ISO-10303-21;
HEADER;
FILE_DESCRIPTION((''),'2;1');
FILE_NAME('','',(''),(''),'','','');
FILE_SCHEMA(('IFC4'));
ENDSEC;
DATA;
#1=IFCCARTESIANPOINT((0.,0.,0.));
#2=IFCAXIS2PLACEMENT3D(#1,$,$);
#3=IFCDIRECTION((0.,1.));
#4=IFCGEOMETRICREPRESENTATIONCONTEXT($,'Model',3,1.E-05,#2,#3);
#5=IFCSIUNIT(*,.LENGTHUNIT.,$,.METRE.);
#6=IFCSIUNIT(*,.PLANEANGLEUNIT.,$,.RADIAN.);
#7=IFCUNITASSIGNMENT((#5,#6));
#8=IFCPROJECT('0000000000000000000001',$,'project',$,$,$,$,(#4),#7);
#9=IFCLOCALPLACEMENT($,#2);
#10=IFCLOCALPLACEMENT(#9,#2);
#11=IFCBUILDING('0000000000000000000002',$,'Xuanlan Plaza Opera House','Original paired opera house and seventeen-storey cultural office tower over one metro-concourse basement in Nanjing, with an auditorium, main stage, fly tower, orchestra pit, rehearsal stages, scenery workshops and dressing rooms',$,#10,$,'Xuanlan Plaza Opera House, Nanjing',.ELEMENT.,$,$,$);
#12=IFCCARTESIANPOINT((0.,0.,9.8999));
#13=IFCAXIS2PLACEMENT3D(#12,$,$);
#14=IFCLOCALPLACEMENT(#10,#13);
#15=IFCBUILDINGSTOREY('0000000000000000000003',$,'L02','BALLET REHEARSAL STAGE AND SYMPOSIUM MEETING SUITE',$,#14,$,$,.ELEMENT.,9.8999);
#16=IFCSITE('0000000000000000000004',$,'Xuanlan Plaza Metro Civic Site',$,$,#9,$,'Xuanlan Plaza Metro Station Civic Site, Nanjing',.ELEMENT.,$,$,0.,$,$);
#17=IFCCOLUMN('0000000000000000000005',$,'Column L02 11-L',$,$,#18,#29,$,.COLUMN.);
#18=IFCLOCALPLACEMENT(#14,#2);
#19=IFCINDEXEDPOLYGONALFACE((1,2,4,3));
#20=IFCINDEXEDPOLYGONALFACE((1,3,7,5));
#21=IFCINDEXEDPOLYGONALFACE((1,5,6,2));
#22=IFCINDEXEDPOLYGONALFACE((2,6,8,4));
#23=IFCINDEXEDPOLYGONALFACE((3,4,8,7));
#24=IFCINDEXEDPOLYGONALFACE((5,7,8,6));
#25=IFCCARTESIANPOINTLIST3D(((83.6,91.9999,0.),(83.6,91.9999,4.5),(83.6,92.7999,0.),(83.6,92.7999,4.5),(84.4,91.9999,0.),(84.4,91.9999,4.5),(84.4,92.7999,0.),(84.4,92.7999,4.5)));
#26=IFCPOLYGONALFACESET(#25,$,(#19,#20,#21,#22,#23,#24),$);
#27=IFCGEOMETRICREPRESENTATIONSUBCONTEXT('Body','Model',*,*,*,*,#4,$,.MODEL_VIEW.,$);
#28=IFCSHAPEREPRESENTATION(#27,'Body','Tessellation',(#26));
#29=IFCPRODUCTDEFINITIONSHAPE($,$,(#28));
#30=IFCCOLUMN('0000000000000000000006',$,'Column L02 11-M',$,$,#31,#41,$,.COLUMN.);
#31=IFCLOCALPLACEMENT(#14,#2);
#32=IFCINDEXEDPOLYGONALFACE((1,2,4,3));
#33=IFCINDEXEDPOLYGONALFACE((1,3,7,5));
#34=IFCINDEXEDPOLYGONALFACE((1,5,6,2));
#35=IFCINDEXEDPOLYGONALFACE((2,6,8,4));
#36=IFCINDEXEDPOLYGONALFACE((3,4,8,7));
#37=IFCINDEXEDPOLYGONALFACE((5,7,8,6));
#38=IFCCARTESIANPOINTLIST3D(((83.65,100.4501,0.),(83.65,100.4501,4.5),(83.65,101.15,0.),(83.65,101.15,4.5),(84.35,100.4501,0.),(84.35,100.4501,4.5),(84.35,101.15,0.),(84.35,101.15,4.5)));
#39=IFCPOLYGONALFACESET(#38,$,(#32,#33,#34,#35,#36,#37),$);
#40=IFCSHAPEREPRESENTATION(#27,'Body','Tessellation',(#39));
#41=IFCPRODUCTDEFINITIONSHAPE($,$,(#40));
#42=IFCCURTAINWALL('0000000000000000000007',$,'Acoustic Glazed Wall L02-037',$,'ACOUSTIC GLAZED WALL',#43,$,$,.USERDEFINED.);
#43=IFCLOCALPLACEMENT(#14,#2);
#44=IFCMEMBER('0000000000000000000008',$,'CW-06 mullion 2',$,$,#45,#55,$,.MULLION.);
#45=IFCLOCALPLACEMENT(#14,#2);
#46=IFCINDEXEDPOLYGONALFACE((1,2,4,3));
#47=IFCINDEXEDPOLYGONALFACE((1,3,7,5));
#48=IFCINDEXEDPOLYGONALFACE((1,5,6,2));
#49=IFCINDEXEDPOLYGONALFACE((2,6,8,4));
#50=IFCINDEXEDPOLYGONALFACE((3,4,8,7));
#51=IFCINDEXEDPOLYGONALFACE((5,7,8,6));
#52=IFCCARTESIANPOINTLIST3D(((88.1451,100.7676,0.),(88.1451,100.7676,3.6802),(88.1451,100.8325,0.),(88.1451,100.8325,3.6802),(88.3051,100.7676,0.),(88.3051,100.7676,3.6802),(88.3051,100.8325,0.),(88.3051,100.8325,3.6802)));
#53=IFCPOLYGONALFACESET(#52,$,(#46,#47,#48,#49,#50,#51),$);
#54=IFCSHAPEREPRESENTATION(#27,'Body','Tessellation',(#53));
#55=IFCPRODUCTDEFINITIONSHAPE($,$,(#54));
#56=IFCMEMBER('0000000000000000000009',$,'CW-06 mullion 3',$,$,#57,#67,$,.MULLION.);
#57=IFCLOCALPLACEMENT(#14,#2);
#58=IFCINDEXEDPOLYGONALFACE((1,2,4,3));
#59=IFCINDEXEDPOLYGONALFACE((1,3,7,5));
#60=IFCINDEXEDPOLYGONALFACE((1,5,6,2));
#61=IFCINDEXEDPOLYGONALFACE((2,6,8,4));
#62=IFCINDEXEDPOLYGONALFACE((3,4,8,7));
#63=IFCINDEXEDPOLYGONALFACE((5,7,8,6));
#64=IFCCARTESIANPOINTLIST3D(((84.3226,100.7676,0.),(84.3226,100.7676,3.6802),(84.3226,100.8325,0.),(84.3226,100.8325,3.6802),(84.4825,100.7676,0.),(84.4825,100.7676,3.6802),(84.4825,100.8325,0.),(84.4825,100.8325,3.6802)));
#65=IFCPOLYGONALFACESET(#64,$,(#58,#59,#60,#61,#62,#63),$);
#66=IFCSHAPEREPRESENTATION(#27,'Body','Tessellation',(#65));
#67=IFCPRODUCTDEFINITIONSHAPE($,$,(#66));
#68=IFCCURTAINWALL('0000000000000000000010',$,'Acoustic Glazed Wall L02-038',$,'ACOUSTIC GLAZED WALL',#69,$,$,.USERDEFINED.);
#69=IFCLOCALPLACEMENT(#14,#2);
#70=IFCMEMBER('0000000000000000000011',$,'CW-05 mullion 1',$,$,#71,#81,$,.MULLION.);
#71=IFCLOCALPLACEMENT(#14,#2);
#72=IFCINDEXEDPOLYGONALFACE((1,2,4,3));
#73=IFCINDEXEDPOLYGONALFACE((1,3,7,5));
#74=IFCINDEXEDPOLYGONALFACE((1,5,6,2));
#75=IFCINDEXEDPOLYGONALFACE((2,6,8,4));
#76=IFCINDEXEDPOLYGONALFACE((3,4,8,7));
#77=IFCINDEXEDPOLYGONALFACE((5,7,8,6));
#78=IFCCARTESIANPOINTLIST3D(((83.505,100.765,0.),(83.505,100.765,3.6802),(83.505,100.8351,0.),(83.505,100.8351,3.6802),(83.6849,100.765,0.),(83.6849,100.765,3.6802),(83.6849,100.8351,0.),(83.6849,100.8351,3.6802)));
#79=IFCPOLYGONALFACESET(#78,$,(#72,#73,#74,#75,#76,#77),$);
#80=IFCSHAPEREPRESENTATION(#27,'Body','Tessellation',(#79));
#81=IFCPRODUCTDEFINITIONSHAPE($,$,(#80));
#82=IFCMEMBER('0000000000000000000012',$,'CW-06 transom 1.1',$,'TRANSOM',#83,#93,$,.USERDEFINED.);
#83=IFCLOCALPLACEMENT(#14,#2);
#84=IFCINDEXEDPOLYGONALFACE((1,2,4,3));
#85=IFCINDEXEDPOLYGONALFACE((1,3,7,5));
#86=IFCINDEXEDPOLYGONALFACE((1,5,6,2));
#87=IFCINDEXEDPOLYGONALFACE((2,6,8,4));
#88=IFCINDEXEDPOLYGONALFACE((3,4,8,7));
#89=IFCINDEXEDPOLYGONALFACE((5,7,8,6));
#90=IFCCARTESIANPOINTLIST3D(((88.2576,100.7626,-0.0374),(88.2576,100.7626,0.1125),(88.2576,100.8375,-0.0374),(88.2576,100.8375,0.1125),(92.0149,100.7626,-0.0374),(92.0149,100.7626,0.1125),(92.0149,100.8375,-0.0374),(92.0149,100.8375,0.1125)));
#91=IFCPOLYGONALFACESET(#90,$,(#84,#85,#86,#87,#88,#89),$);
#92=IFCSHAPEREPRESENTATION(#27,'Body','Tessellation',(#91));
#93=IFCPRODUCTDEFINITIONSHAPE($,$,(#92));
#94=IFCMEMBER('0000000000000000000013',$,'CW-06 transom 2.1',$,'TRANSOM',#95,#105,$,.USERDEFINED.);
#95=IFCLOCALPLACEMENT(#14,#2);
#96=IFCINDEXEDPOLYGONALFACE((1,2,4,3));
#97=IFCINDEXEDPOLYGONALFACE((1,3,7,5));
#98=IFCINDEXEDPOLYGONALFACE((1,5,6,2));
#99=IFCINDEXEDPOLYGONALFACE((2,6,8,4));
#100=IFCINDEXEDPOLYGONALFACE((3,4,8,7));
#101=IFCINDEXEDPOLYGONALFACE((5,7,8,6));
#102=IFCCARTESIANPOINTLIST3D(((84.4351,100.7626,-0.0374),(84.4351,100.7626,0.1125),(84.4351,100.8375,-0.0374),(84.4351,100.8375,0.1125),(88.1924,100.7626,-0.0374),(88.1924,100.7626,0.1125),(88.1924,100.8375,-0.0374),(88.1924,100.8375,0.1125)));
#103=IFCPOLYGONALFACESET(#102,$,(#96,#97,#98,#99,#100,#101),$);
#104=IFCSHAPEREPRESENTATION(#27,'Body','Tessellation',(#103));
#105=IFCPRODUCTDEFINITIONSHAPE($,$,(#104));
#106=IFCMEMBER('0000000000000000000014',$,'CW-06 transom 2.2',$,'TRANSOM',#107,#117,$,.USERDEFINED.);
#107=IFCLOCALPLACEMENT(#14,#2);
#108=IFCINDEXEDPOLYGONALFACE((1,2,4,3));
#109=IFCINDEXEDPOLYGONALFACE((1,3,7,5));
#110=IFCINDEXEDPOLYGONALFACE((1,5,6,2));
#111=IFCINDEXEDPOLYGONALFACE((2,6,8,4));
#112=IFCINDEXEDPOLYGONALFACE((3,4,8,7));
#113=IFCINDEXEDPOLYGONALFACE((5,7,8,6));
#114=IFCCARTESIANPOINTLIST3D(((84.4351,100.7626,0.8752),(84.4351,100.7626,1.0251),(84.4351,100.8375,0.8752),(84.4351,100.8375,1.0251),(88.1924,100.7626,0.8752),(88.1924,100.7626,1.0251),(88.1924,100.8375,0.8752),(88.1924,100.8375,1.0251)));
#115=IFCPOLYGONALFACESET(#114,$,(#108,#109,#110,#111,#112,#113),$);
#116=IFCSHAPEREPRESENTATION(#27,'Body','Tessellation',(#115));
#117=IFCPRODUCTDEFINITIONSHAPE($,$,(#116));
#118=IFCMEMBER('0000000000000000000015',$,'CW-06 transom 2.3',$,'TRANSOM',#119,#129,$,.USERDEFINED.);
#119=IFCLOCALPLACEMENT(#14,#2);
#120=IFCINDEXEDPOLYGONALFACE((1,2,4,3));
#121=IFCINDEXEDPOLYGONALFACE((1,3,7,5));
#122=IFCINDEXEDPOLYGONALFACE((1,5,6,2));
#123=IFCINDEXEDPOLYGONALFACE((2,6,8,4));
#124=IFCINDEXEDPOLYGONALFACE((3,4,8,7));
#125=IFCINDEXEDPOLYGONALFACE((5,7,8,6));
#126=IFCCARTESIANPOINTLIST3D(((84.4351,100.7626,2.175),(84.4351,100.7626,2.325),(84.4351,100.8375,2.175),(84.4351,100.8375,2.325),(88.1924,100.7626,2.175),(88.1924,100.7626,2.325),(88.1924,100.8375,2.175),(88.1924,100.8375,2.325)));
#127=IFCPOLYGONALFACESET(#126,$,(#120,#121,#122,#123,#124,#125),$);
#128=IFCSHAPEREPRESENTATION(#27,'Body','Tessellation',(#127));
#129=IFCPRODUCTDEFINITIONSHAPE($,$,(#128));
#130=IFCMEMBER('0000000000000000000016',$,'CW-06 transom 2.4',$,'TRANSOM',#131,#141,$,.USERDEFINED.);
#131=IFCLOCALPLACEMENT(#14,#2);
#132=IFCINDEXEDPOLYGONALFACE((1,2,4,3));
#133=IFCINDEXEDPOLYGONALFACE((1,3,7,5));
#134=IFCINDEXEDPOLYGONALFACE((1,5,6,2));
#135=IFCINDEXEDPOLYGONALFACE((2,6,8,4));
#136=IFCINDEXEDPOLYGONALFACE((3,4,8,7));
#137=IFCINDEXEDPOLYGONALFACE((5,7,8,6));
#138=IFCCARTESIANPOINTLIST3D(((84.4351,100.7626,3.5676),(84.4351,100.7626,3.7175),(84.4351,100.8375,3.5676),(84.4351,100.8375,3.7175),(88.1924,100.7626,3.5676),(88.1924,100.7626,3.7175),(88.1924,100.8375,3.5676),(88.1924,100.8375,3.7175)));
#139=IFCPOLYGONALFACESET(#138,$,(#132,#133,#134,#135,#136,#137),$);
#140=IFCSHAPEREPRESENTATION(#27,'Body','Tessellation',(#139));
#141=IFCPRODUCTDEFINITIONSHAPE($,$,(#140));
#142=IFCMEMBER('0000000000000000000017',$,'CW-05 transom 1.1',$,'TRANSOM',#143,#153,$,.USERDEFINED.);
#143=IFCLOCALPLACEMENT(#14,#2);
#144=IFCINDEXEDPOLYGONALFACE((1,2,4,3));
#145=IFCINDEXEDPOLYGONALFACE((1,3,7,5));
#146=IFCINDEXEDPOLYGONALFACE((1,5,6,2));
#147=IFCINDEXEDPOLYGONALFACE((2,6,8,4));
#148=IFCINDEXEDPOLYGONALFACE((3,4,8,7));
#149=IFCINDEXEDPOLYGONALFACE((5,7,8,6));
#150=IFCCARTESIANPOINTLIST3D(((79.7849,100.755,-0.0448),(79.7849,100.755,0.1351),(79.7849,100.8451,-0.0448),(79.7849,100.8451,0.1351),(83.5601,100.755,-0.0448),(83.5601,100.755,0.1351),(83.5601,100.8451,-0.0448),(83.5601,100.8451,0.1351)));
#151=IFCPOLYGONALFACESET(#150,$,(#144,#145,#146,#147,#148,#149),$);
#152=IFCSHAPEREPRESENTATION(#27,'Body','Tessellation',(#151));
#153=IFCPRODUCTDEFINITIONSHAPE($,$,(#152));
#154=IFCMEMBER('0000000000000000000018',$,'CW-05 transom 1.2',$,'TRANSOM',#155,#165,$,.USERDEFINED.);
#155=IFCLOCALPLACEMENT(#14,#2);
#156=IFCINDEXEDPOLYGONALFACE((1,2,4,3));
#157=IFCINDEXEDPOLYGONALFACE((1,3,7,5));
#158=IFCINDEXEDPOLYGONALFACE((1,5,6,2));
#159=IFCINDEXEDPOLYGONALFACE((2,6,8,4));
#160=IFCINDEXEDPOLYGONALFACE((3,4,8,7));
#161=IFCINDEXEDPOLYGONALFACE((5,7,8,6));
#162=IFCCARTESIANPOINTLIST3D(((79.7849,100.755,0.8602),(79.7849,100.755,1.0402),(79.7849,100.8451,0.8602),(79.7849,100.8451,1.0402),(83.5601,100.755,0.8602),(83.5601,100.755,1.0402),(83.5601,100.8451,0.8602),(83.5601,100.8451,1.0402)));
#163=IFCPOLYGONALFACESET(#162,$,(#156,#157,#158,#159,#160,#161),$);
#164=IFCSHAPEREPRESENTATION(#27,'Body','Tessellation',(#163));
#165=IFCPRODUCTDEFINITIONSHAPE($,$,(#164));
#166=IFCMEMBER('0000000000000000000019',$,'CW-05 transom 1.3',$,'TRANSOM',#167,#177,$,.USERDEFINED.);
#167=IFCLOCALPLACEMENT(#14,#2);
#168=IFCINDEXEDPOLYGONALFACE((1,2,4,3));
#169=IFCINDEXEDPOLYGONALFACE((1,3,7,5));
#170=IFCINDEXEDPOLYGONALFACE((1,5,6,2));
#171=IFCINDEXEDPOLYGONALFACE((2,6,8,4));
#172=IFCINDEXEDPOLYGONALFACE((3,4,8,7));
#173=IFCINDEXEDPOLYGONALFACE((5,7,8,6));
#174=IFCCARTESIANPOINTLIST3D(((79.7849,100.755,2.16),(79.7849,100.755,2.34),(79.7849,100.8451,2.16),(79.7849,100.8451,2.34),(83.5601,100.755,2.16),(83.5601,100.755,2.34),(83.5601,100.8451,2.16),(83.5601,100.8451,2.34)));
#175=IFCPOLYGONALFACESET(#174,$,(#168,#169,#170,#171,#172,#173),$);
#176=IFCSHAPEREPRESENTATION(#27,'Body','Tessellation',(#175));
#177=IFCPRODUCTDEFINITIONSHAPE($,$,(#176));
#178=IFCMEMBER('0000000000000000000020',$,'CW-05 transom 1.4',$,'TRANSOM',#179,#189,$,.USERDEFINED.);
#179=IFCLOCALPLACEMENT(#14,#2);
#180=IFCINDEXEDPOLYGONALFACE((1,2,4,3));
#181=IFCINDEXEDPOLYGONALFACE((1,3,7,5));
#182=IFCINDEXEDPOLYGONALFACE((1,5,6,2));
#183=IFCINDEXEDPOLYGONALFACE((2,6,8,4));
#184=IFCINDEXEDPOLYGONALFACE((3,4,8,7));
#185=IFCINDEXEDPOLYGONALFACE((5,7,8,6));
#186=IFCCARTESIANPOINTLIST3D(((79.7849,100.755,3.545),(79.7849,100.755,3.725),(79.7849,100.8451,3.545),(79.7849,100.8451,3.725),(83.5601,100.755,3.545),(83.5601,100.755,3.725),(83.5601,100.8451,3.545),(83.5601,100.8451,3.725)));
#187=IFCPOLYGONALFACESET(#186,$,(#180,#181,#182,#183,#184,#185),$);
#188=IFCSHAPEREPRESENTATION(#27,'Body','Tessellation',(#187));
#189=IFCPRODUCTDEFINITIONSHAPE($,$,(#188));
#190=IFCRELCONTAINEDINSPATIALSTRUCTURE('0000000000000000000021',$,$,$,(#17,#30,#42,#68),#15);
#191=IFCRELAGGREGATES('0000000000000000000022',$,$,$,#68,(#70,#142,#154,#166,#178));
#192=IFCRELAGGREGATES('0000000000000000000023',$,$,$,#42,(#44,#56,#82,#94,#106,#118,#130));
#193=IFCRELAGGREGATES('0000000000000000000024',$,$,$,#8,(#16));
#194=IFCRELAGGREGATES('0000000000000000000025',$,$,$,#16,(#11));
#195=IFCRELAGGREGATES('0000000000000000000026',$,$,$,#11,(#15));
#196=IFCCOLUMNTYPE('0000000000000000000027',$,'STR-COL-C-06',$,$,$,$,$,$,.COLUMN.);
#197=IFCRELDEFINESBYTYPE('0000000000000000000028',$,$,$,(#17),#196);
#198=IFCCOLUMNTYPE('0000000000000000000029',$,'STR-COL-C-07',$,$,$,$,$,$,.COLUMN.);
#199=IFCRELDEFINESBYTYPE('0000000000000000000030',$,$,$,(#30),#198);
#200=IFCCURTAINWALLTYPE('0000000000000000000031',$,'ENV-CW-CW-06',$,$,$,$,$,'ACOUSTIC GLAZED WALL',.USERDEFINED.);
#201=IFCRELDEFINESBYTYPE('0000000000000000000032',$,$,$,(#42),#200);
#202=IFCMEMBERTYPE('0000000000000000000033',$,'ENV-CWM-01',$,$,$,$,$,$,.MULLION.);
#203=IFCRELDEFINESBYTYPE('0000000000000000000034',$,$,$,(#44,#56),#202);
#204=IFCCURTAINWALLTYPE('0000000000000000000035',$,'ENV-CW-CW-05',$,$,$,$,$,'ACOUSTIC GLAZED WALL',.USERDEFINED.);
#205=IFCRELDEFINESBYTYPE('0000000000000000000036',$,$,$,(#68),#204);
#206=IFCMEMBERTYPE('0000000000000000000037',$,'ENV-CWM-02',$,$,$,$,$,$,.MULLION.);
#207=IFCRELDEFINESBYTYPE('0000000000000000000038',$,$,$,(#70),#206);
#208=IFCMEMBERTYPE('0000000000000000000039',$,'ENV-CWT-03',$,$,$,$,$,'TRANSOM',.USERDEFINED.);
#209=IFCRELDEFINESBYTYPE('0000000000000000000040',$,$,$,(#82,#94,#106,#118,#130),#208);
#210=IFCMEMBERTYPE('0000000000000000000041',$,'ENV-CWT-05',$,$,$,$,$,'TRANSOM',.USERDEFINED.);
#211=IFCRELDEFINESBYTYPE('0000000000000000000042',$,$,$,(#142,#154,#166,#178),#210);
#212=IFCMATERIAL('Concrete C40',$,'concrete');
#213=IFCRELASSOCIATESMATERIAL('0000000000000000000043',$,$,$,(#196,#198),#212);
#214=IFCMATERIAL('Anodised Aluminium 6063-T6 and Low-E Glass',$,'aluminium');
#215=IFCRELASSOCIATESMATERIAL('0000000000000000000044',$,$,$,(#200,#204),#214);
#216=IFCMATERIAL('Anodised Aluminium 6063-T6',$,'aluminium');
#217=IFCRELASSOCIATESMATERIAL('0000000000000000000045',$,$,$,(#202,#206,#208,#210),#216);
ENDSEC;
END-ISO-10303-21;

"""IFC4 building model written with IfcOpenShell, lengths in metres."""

from ifc_helpers import new_model, si_unit, direction, frame, origin, origin_2d, place, context, subcontext, project, spatial, rectangle, extrude, material, material_profile, profile_set, type_object, element, aggregate, save


model = new_model("IFC4")

# Units and contexts
model_context = context("Model", 3, precision=1e-05, world=origin(), true_north=direction((0.0, 1.0)))
body_context = subcontext(model_context, "Body", "Model", "MODEL_VIEW")
ifc_project = project(units=[si_unit("LENGTHUNIT", "METRE"), si_unit("PLANEANGLEUNIT", "RADIAN")], contexts=[model_context])

# Site, building, storey
site_placement = place(None, origin())
site = spatial("IfcSite", under=ifc_project, at=site_placement, Name="Xuanlan Plaza Metro Civic Site", LongName="Xuanlan Plaza Metro Station Civic Site, Nanjing", CompositionType="ELEMENT", RefElevation=0.0)
building_placement = place(site_placement, origin())
building = spatial("IfcBuilding", under=site, at=building_placement, Name="Xuanlan Plaza Opera House", Description="Original paired opera house and seventeen-storey cultural office tower over one metro-concourse basement in Nanjing, with an auditorium, main stage, fly tower, orchestra pit, rehearsal stages, scenery workshops and dressing rooms", LongName="Xuanlan Plaza Opera House, Nanjing", CompositionType="ELEMENT")
storey_placement = place(building_placement, frame((0.0, 0.0, 9.8999)))
storey = spatial("IfcBuildingStorey", under=building, at=storey_placement, Name="L02", Description="BALLET REHEARSAL STAGE AND SYMPOSIUM MEETING SUITE", CompositionType="ELEMENT", Elevation=9.8999)

# Columns
ifc_material_1 = material(Name="Concrete C40", Category="concrete")
ifc_material_profile_1 = material_profile(ifc_material_1, rectangle(XDim=0.8, YDim=0.8, at=origin_2d()), Name="RC-COL 800x800")
ifc_profile_set_1 = profile_set([ifc_material_profile_1], Name="Concrete C40")
column_type_1 = type_object("IfcColumnType", Name="STR-COL-C-06", PredefinedType="COLUMN", material=ifc_profile_set_1)
column_1_placement = place(storey_placement, frame((84.0, 92.3999, 0.0), z_axis=(0.0, 0.0, 1.0), x_axis=(1.0, 0.0, 0.0)))
element("IfcColumn", 1, at=column_1_placement, inside=storey, type_object=column_type_1, Name="Column L02 11-L", PredefinedType="COLUMN", context=body_context, shape_type="SweptSolid", body=[
    extrude(rectangle(XDim=0.8, YDim=0.8, at=origin_2d()), origin(), (0.0, 0.0, 1.0), 4.5),
])
ifc_material_profile_2 = material_profile(ifc_material_1, rectangle(XDim=0.7, YDim=0.7, at=origin_2d()), Name="RC-COL 700x700")
ifc_profile_set_2 = profile_set([ifc_material_profile_2], Name="Concrete C40")
column_type_2 = type_object("IfcColumnType", Name="STR-COL-C-07", PredefinedType="COLUMN", material=ifc_profile_set_2)
column_2_placement = place(storey_placement, frame((84.0, 100.8, 0.0), z_axis=(0.0, 0.0, 1.0), x_axis=(1.0, 0.0, 0.0)))
element("IfcColumn", 2, at=column_2_placement, inside=storey, type_object=column_type_2, Name="Column L02 11-M", PredefinedType="COLUMN", context=body_context, shape_type="SweptSolid", body=[
    extrude(rectangle(XDim=0.7, YDim=0.7, at=origin_2d()), origin(), (0.0, 0.0, 1.0), 4.5),
])

# Curtain wall, members
ifc_material_2 = material(Name="Anodised Aluminium 6063-T6 and Low-E Glass", Category="aluminium")
curtain_wall_type_1 = type_object("IfcCurtainWallType", Name="ENV-CW-CW-06", ElementType="ACOUSTIC GLAZED WALL", PredefinedType="USERDEFINED", material=ifc_material_2)
curtain_wall_1_placement = place(storey_placement, origin())
curtain_wall_1 = element("IfcCurtainWall", 3, at=curtain_wall_1_placement, inside=storey, type_object=curtain_wall_type_1, Name="Acoustic Glazed Wall L02-037", ObjectType="ACOUSTIC GLAZED WALL", PredefinedType="USERDEFINED")
ifc_material_3 = material(Name="Anodised Aluminium 6063-T6", Category="aluminium")
ifc_material_profile_3 = material_profile(ifc_material_3, rectangle(XDim=0.0649, YDim=0.1599, at=origin_2d()), Name="ALU-M 65x160")
ifc_profile_set_3 = profile_set([ifc_material_profile_3], Name="Anodised Aluminium 6063-T6")
member_type_1 = type_object("IfcMemberType", Name="ENV-CWM-01", PredefinedType="MULLION", material=ifc_profile_set_3)
member_1_placement = place(storey_placement, frame((88.2251, 100.8, 0.0), z_axis=(0.0, 0.0, 1.0), x_axis=(0.0, -1.0, 0.0)))
member_1 = element("IfcMember", 4, at=member_1_placement, type_object=member_type_1, Name="CW-06 mullion 2", PredefinedType="MULLION", context=body_context, shape_type="SweptSolid", body=[
    extrude(rectangle(XDim=0.0649, YDim=0.1599, at=origin_2d()), origin(), (0.0, 0.0, 1.0), 3.6802),
])
member_2_placement = place(storey_placement, frame((84.4026, 100.8, 0.0), z_axis=(0.0, 0.0, 1.0), x_axis=(0.0, -1.0, 0.0)))
member_2 = element("IfcMember", 5, at=member_2_placement, type_object=member_type_1, Name="CW-06 mullion 3", PredefinedType="MULLION", context=body_context, shape_type="SweptSolid", body=[
    extrude(rectangle(XDim=0.0649, YDim=0.1599, at=origin_2d()), origin(), (0.0, 0.0, 1.0), 3.6802),
])

# Curtain wall, member
curtain_wall_type_2 = type_object("IfcCurtainWallType", Name="ENV-CW-CW-05", ElementType="ACOUSTIC GLAZED WALL", PredefinedType="USERDEFINED", material=ifc_material_2)
curtain_wall_2_placement = place(storey_placement, origin())
curtain_wall_2 = element("IfcCurtainWall", 6, at=curtain_wall_2_placement, inside=storey, type_object=curtain_wall_type_2, Name="Acoustic Glazed Wall L02-038", ObjectType="ACOUSTIC GLAZED WALL", PredefinedType="USERDEFINED")
ifc_material_profile_4 = material_profile(ifc_material_3, rectangle(XDim=0.0701, YDim=0.1799, at=origin_2d()), Name="ALU-M 70x180")
ifc_profile_set_4 = profile_set([ifc_material_profile_4], Name="Anodised Aluminium 6063-T6")
member_type_2 = type_object("IfcMemberType", Name="ENV-CWM-02", PredefinedType="MULLION", material=ifc_profile_set_4)
member_3_placement = place(storey_placement, frame((83.595, 100.8, 0.0), z_axis=(0.0, 0.0, 1.0), x_axis=(0.0, -1.0, 0.0)))
member_3 = element("IfcMember", 7, at=member_3_placement, type_object=member_type_2, Name="CW-05 mullion 1", PredefinedType="MULLION", context=body_context, shape_type="SweptSolid", body=[
    extrude(rectangle(XDim=0.0701, YDim=0.1799, at=origin_2d()), origin(), (0.0, 0.0, 1.0), 3.6802),
])

# Members
ifc_material_profile_5 = material_profile(ifc_material_3, rectangle(XDim=0.075, YDim=0.1499, at=origin_2d()), Name="ALU-T 75x150")
ifc_profile_set_5 = profile_set([ifc_material_profile_5], Name="Anodised Aluminium 6063-T6")
member_type_3 = type_object("IfcMemberType", Name="ENV-CWT-03", ElementType="TRANSOM", PredefinedType="USERDEFINED", material=ifc_profile_set_5)
member_4_placement = place(storey_placement, frame((92.0149, 100.8, 0.0376), z_axis=(-1.0, 0.0, 0.0), x_axis=(0.0, -1.0, 0.0)))
member_4 = element("IfcMember", 8, at=member_4_placement, type_object=member_type_3, Name="CW-06 transom 1.1", ObjectType="TRANSOM", PredefinedType="USERDEFINED", context=body_context, shape_type="SweptSolid", body=[
    extrude(rectangle(XDim=0.075, YDim=0.1499, at=origin_2d()), origin(), (0.0, 0.0, 1.0), 3.7573),
])
member_5_placement = place(storey_placement, frame((88.1924, 100.8, 0.0376), z_axis=(-1.0, 0.0, 0.0), x_axis=(0.0, -1.0, 0.0)))
member_5 = element("IfcMember", 9, at=member_5_placement, type_object=member_type_3, Name="CW-06 transom 2.1", ObjectType="TRANSOM", PredefinedType="USERDEFINED", context=body_context, shape_type="SweptSolid", body=[
    extrude(rectangle(XDim=0.075, YDim=0.1499, at=origin_2d()), origin(), (0.0, 0.0, 1.0), 3.7573),
])
member_6_placement = place(storey_placement, frame((88.1924, 100.8, 0.9502), z_axis=(-1.0, 0.0, 0.0), x_axis=(0.0, -1.0, 0.0)))
member_6 = element("IfcMember", 10, at=member_6_placement, type_object=member_type_3, Name="CW-06 transom 2.2", ObjectType="TRANSOM", PredefinedType="USERDEFINED", context=body_context, shape_type="SweptSolid", body=[
    extrude(rectangle(XDim=0.075, YDim=0.1499, at=origin_2d()), origin(), (0.0, 0.0, 1.0), 3.7573),
])
member_7_placement = place(storey_placement, frame((88.1924, 100.8, 2.25), z_axis=(-1.0, 0.0, 0.0), x_axis=(0.0, -1.0, 0.0)))
member_7 = element("IfcMember", 11, at=member_7_placement, type_object=member_type_3, Name="CW-06 transom 2.3", ObjectType="TRANSOM", PredefinedType="USERDEFINED", context=body_context, shape_type="SweptSolid", body=[
    extrude(rectangle(XDim=0.075, YDim=0.1499, at=origin_2d()), origin(), (0.0, 0.0, 1.0), 3.7573),
])
member_8_placement = place(storey_placement, frame((88.1924, 100.8, 3.6426), z_axis=(-1.0, 0.0, 0.0), x_axis=(0.0, -1.0, 0.0)))
member_8 = element("IfcMember", 12, at=member_8_placement, type_object=member_type_3, Name="CW-06 transom 2.4", ObjectType="TRANSOM", PredefinedType="USERDEFINED", context=body_context, shape_type="SweptSolid", body=[
    extrude(rectangle(XDim=0.075, YDim=0.1499, at=origin_2d()), origin(), (0.0, 0.0, 1.0), 3.7573),
])
ifc_material_profile_6 = material_profile(ifc_material_3, rectangle(XDim=0.0901, YDim=0.1799, at=origin_2d()), Name="ALU-T 90x180")
ifc_profile_set_6 = profile_set([ifc_material_profile_6], Name="Anodised Aluminium 6063-T6")
member_type_4 = type_object("IfcMemberType", Name="ENV-CWT-05", ElementType="TRANSOM", PredefinedType="USERDEFINED", material=ifc_profile_set_6)
member_9_placement = place(storey_placement, frame((83.5601, 100.8, 0.0452), z_axis=(-1.0, 0.0, 0.0), x_axis=(0.0, -1.0, 0.0)))
member_9 = element("IfcMember", 13, at=member_9_placement, type_object=member_type_4, Name="CW-05 transom 1.1", ObjectType="TRANSOM", PredefinedType="USERDEFINED", context=body_context, shape_type="SweptSolid", body=[
    extrude(rectangle(XDim=0.0901, YDim=0.1799, at=origin_2d()), origin(), (0.0, 0.0, 1.0), 3.7751),
])
member_10_placement = place(storey_placement, frame((83.5601, 100.8, 0.9502), z_axis=(-1.0, 0.0, 0.0), x_axis=(0.0, -1.0, 0.0)))
member_10 = element("IfcMember", 14, at=member_10_placement, type_object=member_type_4, Name="CW-05 transom 1.2", ObjectType="TRANSOM", PredefinedType="USERDEFINED", context=body_context, shape_type="SweptSolid", body=[
    extrude(rectangle(XDim=0.0901, YDim=0.1799, at=origin_2d()), origin(), (0.0, 0.0, 1.0), 3.7751),
])
member_11_placement = place(storey_placement, frame((83.5601, 100.8, 2.25), z_axis=(-1.0, 0.0, 0.0), x_axis=(0.0, -1.0, 0.0)))
member_11 = element("IfcMember", 15, at=member_11_placement, type_object=member_type_4, Name="CW-05 transom 1.3", ObjectType="TRANSOM", PredefinedType="USERDEFINED", context=body_context, shape_type="SweptSolid", body=[
    extrude(rectangle(XDim=0.0901, YDim=0.1799, at=origin_2d()), origin(), (0.0, 0.0, 1.0), 3.7751),
])
member_12_placement = place(storey_placement, frame((83.5601, 100.8, 3.635), z_axis=(-1.0, 0.0, 0.0), x_axis=(0.0, -1.0, 0.0)))
member_12 = element("IfcMember", 16, at=member_12_placement, type_object=member_type_4, Name="CW-05 transom 1.4", ObjectType="TRANSOM", PredefinedType="USERDEFINED", context=body_context, shape_type="SweptSolid", body=[
    extrude(rectangle(XDim=0.0901, YDim=0.1799, at=origin_2d()), origin(), (0.0, 0.0, 1.0), 3.7751),
])

aggregate(curtain_wall_2, [member_3, member_9, member_10, member_11, member_12])
aggregate(curtain_wall_1, [member_1, member_2, member_4, member_5, member_6, member_7, member_8])

save(model, "model.ifc")
